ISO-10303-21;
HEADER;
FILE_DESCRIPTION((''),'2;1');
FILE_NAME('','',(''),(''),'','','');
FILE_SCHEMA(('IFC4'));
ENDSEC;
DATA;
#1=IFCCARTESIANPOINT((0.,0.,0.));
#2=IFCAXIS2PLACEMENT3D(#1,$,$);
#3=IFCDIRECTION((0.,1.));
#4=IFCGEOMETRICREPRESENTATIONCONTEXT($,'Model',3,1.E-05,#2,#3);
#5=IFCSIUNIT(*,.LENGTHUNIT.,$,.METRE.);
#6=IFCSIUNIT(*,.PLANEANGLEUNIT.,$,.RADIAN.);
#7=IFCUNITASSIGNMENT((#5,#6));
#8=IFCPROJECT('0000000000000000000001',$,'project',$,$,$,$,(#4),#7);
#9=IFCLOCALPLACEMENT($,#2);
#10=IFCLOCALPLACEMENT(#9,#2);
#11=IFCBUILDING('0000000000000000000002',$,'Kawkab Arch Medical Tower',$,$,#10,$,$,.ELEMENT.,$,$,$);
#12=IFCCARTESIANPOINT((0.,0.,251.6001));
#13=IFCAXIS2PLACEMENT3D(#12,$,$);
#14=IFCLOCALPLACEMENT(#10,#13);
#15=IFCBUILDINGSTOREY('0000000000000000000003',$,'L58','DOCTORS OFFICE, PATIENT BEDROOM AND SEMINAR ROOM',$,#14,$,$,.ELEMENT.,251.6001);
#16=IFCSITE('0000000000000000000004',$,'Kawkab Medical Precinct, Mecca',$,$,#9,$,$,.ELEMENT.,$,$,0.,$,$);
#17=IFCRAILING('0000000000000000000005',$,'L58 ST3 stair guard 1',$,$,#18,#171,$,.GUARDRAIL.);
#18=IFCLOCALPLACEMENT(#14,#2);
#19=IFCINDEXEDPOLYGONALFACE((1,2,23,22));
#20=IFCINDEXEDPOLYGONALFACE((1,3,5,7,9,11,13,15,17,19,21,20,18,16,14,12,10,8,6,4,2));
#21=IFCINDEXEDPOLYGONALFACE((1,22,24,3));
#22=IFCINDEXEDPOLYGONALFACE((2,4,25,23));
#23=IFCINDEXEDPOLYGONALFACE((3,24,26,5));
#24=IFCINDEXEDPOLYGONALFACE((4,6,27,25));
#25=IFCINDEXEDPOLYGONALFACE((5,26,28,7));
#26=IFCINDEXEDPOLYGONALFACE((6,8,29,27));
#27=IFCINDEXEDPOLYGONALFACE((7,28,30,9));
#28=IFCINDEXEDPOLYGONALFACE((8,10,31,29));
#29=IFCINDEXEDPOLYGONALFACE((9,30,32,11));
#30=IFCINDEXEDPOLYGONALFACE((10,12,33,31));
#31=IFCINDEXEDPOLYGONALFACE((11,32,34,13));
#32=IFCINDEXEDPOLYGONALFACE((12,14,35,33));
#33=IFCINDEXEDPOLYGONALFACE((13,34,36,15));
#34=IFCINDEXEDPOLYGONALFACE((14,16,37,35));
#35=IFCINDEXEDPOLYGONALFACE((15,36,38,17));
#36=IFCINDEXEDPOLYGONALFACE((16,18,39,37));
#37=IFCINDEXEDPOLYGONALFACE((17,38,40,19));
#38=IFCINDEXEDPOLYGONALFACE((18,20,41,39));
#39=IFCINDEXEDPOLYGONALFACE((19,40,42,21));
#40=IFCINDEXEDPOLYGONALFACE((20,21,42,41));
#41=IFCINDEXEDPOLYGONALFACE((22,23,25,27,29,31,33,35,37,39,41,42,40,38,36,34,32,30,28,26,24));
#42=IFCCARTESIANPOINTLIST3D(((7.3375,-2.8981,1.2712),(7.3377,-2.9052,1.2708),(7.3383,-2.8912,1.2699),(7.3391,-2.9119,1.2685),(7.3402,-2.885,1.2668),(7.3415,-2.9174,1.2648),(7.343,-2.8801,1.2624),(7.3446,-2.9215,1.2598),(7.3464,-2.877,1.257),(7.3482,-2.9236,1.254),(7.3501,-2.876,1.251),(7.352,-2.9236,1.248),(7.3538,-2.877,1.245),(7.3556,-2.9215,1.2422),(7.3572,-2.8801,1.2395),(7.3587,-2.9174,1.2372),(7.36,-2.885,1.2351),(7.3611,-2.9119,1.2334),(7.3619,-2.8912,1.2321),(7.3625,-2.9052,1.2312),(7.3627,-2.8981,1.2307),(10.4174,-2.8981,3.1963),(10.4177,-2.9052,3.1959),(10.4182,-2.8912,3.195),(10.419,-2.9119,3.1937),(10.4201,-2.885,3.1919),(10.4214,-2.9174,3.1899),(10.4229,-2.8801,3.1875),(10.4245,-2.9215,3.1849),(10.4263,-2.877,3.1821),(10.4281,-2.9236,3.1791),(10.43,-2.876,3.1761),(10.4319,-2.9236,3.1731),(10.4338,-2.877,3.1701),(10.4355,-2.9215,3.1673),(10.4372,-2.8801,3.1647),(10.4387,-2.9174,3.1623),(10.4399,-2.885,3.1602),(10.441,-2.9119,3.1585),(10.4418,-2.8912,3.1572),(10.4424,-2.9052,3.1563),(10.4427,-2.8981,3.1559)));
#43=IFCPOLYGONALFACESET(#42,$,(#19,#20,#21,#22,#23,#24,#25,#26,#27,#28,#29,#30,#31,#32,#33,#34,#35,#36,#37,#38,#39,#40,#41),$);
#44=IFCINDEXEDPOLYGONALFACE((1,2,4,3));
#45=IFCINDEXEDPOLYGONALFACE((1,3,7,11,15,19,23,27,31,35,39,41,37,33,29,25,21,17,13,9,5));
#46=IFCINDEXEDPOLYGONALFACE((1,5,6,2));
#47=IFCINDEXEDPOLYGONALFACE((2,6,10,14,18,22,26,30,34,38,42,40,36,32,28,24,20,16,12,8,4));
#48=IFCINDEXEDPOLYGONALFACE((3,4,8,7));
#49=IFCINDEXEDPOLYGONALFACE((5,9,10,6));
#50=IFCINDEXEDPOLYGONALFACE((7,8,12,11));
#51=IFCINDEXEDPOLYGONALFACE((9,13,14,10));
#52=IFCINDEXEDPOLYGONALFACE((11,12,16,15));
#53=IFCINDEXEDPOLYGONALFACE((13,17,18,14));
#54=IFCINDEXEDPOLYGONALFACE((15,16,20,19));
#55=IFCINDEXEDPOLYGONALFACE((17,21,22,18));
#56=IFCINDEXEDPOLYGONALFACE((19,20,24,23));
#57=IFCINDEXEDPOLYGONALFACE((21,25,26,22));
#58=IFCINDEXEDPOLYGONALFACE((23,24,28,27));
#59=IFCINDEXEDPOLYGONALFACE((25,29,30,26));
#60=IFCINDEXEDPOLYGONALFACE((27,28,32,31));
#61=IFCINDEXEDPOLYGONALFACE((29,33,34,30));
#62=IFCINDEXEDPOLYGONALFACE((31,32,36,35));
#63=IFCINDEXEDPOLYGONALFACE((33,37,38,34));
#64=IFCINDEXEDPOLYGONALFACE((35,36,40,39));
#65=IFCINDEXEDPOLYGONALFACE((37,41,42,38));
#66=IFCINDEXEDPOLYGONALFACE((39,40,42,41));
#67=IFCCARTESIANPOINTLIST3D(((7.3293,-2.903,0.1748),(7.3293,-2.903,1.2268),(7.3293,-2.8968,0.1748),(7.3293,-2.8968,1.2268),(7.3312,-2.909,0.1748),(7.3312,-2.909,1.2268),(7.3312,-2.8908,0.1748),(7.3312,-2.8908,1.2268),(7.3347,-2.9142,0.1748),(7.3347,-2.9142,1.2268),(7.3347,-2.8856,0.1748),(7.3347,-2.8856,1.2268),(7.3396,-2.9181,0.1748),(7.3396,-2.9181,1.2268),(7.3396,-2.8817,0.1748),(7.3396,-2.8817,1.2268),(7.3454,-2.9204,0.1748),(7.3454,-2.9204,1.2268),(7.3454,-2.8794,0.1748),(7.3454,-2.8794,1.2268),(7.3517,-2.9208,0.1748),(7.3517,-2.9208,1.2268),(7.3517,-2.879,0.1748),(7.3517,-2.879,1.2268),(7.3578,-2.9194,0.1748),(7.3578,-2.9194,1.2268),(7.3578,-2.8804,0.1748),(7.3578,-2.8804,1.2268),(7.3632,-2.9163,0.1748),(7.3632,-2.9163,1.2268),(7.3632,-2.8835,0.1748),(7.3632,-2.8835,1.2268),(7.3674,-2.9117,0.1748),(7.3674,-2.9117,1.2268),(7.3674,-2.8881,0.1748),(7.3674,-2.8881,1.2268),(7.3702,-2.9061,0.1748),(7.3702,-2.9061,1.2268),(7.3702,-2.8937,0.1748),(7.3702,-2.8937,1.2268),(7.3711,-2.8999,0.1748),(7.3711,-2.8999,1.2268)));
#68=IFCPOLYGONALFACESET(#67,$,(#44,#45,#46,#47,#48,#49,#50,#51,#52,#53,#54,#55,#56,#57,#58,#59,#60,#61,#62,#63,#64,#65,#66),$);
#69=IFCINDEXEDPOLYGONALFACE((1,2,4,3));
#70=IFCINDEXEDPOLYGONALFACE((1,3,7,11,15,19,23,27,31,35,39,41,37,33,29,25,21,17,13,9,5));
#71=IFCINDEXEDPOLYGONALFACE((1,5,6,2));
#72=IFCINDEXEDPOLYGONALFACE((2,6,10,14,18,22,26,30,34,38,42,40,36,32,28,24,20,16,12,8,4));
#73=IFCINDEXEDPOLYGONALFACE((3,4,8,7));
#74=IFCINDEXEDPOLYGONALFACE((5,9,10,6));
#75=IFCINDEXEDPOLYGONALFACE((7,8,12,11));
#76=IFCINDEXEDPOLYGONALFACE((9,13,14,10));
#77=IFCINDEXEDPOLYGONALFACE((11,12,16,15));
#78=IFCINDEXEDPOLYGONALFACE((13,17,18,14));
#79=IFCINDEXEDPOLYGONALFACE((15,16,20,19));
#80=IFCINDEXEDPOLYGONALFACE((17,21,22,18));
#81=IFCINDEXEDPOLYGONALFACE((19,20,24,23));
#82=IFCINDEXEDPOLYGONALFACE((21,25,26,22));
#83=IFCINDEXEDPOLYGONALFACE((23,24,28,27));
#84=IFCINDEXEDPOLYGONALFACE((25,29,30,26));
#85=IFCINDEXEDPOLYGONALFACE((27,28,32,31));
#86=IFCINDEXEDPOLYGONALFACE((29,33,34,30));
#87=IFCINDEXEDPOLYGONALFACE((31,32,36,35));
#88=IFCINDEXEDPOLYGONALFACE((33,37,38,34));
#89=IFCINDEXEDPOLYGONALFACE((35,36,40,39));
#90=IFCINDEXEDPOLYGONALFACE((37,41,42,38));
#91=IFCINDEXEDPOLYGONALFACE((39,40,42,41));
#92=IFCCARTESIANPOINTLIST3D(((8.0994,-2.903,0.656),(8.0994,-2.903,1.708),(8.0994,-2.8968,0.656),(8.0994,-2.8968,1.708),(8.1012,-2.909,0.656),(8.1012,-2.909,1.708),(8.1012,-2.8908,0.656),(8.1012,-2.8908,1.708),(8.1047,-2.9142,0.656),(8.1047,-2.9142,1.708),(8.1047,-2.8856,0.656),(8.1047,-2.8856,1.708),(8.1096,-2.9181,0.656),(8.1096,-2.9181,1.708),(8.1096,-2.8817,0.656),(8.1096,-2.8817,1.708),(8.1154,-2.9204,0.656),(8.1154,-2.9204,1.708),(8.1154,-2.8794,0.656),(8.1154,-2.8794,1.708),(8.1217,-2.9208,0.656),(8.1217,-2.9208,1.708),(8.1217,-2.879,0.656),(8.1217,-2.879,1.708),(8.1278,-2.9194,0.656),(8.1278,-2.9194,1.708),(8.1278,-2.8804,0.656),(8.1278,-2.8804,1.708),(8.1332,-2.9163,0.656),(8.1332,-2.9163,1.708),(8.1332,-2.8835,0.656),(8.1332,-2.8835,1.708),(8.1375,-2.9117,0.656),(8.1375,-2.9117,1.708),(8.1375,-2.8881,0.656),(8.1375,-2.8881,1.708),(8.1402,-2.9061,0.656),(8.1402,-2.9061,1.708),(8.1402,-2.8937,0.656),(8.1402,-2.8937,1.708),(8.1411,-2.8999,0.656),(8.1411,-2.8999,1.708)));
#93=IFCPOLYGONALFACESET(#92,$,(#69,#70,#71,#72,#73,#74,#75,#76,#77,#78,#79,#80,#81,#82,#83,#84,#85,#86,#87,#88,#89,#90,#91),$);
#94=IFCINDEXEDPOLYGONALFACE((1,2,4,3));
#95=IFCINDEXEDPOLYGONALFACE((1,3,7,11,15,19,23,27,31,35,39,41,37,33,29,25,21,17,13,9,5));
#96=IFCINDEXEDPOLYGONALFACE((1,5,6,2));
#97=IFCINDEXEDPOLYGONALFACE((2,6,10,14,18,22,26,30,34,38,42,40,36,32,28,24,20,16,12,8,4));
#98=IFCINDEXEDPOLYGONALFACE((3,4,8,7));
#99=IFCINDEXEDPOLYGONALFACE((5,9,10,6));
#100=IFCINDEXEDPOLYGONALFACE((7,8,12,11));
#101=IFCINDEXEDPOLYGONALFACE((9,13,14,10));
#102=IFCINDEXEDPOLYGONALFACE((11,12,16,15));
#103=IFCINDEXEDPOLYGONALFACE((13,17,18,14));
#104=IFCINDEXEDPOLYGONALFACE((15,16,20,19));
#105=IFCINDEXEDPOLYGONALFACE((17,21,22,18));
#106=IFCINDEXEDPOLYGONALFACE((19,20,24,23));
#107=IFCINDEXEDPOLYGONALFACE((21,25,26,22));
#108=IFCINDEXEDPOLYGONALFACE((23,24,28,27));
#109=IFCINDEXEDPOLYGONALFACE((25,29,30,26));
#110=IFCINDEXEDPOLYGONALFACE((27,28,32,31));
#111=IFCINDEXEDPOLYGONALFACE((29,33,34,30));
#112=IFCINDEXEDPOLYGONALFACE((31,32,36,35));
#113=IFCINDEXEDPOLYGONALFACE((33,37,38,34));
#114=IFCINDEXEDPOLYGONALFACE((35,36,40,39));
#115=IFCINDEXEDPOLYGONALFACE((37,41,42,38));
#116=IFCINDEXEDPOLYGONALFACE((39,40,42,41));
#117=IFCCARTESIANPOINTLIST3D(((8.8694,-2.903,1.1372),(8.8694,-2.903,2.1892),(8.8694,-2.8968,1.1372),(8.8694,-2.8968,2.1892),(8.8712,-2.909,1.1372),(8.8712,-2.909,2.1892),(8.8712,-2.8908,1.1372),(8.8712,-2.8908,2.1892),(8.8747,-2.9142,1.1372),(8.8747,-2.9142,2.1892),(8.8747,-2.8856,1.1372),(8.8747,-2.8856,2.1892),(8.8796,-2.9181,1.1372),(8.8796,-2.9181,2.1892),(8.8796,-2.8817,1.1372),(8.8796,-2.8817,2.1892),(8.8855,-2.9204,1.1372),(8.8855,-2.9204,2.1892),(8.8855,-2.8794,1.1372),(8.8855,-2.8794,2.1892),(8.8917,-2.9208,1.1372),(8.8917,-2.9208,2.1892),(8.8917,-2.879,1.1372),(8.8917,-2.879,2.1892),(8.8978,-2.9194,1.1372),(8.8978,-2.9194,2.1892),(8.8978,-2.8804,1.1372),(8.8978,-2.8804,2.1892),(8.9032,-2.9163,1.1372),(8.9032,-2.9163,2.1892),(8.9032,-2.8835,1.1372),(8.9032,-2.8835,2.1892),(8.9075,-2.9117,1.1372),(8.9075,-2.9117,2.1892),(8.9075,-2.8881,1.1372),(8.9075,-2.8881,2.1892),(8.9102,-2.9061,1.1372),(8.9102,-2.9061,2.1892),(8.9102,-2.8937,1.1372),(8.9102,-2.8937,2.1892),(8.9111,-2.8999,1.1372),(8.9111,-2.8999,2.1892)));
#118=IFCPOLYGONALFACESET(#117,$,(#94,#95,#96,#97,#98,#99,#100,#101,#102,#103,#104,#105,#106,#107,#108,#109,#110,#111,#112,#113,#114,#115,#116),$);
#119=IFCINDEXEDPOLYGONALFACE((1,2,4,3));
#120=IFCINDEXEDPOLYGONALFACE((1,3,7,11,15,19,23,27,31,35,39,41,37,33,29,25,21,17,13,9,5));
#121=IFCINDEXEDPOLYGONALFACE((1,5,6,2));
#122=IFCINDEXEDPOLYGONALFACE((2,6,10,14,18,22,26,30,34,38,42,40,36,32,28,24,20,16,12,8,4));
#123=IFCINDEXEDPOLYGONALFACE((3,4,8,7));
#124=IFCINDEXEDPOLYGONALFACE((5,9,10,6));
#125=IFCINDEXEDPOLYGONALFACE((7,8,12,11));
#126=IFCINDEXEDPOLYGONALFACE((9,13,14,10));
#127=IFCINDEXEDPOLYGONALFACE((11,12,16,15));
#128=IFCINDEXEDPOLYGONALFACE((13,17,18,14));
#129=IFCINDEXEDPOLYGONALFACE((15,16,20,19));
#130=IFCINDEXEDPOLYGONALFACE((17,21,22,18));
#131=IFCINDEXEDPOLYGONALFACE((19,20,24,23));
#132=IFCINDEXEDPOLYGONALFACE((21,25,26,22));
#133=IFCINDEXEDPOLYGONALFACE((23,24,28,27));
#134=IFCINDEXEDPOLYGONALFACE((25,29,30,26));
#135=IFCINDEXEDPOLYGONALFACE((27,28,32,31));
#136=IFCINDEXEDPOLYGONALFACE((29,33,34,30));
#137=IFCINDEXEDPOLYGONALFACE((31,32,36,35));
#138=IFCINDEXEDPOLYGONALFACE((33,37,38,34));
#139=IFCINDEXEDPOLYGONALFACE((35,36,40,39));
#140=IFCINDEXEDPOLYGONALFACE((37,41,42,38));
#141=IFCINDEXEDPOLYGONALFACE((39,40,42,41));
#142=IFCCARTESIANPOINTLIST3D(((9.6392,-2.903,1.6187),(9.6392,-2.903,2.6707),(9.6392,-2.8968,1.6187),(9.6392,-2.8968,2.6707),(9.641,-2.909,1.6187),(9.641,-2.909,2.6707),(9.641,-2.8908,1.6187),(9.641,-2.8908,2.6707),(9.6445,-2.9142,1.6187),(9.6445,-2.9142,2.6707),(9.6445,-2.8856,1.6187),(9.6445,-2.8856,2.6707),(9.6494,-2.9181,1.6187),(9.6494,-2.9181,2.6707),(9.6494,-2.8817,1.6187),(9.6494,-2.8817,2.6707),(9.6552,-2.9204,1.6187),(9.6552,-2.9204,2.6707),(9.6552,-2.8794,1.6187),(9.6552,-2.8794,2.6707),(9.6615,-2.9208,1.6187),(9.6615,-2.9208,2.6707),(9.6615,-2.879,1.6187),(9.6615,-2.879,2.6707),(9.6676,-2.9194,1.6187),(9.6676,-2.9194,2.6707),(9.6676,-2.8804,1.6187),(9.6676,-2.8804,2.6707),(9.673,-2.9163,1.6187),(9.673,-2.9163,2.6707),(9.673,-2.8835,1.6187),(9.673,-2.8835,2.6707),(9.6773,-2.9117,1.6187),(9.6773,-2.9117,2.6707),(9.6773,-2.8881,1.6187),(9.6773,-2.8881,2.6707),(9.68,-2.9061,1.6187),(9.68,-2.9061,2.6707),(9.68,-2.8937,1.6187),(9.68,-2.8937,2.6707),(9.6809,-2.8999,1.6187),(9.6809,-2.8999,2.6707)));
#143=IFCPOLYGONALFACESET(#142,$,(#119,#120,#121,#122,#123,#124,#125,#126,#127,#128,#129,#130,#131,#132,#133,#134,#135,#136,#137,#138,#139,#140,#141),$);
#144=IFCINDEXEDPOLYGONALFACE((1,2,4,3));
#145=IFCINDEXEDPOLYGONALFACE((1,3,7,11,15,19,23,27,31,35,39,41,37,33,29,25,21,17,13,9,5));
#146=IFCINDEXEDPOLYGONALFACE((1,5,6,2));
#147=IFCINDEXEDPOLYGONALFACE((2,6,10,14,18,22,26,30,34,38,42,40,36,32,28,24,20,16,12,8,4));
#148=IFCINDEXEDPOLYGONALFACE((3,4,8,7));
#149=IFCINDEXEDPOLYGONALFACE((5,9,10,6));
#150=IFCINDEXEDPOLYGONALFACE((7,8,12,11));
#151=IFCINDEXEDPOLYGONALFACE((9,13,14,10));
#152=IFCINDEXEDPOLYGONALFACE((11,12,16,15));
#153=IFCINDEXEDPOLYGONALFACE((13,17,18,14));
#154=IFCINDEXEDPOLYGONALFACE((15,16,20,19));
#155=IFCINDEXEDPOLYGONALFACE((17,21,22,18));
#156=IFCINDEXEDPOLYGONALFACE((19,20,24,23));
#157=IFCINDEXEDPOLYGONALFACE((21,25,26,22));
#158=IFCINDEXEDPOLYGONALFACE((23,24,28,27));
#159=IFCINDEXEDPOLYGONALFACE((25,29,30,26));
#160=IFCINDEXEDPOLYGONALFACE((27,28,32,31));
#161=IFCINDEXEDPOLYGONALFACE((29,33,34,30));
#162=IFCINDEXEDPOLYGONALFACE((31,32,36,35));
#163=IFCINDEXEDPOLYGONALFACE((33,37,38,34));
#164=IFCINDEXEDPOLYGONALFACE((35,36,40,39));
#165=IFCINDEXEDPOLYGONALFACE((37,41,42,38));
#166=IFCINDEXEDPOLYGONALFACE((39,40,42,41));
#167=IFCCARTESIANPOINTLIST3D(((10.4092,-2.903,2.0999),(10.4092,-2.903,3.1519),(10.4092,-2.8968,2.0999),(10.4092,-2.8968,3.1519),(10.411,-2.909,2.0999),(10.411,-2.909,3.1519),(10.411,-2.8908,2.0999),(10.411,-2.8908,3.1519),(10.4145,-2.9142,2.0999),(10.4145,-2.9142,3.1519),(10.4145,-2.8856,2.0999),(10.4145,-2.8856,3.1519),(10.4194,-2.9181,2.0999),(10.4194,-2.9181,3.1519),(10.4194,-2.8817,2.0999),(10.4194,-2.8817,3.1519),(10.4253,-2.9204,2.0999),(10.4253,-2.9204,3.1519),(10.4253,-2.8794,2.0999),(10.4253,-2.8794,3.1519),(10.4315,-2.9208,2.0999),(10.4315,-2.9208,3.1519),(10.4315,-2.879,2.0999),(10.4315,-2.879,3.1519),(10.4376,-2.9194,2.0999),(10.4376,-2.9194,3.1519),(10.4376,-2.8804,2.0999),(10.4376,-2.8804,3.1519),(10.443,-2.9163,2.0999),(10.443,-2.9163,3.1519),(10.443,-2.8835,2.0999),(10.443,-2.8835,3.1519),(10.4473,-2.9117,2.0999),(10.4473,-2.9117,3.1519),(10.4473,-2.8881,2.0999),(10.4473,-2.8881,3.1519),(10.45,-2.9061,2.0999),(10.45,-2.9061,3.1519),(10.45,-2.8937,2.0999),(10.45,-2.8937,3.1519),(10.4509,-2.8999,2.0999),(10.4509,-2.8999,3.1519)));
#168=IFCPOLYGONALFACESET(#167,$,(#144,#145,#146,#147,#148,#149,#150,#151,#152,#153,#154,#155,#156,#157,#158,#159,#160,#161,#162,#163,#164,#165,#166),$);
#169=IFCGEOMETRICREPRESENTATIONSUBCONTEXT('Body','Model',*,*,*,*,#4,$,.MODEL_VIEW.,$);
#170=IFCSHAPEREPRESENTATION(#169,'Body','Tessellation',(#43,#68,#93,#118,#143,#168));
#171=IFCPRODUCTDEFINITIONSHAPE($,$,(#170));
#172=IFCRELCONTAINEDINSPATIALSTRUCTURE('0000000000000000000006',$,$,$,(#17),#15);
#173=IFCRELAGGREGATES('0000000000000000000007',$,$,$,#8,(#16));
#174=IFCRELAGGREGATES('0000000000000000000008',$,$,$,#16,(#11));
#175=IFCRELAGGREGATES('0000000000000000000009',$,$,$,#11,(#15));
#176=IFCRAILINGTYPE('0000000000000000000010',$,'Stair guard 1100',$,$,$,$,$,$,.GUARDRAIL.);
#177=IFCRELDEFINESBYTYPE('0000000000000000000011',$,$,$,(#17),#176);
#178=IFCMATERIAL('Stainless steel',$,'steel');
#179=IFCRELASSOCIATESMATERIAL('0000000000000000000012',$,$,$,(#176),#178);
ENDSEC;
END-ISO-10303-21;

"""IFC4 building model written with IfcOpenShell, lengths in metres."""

from ifc_helpers import new_model, si_unit, direction, frame, origin, origin_2d, place, context, subcontext, project, spatial, circle, extrude, material, type_object, element, save


model = new_model("IFC4")

# Units and contexts
model_context = context("Model", 3, precision=1e-05, world=origin(), true_north=direction((0.0, 1.0)))
body_context = subcontext(model_context, "Body", "Model", "MODEL_VIEW")
ifc_project = project(units=[si_unit("LENGTHUNIT", "METRE"), si_unit("PLANEANGLEUNIT", "RADIAN")], contexts=[model_context])

# Site, building, storey
site_placement = place(None, origin())
site = spatial("IfcSite", under=ifc_project, at=site_placement, Name="Kawkab Medical Precinct, Mecca", CompositionType="ELEMENT", RefElevation=0.0)
building_placement = place(site_placement, origin())
building = spatial("IfcBuilding", under=site, at=building_placement, Name="Kawkab Arch Medical Tower", CompositionType="ELEMENT")
storey_placement = place(building_placement, frame((0.0, 0.0, 251.6001)))
storey = spatial("IfcBuildingStorey", under=building, at=storey_placement, Name="L58", Description="DOCTORS OFFICE, PATIENT BEDROOM AND SEMINAR ROOM", CompositionType="ELEMENT", Elevation=251.6001)

# Railing
ifc_material_1 = material(Name="Stainless steel", Category="steel")
railing_type = type_object("IfcRailingType", Name="Stair guard 1100", PredefinedType="GUARDRAIL", material=ifc_material_1)
railing_placement = place(storey_placement, frame((7.3501, -2.8999, 0.1748)))
element("IfcRailing", 1, at=railing_placement, inside=storey, type_object=railing_type, Name="L58 ST3 stair guard 1", PredefinedType="GUARDRAIL", context=body_context, shape_type="SweptSolid", body=[
    extrude(circle(Radius=0.0239, at=origin_2d()), frame((0.0, 0.0, 1.0762), z_axis=(0.847979, 0.0, 0.530029), x_axis=(0.0, 1.0, 0.0)), (0.0, 0.0, 1.0), 3.6321),
    extrude(circle(Radius=0.021, at=origin_2d()), origin(), (0.0, 0.0, 1.0), 1.052),
    extrude(circle(Radius=0.021, at=origin_2d()), frame((0.77, 0.0, 0.4812)), (0.0, 0.0, 1.0), 1.052),
    extrude(circle(Radius=0.021, at=origin_2d()), frame((1.54, 0.0, 0.9624)), (0.0, 0.0, 1.0), 1.052),
    extrude(circle(Radius=0.021, at=origin_2d()), frame((2.3098, 0.0, 1.4438)), (0.0, 0.0, 1.0), 1.052),
    extrude(circle(Radius=0.021, at=origin_2d()), frame((3.0798, 0.0, 1.925)), (0.0, 0.0, 1.0), 1.052),
])

save(model, "model.ifc")
